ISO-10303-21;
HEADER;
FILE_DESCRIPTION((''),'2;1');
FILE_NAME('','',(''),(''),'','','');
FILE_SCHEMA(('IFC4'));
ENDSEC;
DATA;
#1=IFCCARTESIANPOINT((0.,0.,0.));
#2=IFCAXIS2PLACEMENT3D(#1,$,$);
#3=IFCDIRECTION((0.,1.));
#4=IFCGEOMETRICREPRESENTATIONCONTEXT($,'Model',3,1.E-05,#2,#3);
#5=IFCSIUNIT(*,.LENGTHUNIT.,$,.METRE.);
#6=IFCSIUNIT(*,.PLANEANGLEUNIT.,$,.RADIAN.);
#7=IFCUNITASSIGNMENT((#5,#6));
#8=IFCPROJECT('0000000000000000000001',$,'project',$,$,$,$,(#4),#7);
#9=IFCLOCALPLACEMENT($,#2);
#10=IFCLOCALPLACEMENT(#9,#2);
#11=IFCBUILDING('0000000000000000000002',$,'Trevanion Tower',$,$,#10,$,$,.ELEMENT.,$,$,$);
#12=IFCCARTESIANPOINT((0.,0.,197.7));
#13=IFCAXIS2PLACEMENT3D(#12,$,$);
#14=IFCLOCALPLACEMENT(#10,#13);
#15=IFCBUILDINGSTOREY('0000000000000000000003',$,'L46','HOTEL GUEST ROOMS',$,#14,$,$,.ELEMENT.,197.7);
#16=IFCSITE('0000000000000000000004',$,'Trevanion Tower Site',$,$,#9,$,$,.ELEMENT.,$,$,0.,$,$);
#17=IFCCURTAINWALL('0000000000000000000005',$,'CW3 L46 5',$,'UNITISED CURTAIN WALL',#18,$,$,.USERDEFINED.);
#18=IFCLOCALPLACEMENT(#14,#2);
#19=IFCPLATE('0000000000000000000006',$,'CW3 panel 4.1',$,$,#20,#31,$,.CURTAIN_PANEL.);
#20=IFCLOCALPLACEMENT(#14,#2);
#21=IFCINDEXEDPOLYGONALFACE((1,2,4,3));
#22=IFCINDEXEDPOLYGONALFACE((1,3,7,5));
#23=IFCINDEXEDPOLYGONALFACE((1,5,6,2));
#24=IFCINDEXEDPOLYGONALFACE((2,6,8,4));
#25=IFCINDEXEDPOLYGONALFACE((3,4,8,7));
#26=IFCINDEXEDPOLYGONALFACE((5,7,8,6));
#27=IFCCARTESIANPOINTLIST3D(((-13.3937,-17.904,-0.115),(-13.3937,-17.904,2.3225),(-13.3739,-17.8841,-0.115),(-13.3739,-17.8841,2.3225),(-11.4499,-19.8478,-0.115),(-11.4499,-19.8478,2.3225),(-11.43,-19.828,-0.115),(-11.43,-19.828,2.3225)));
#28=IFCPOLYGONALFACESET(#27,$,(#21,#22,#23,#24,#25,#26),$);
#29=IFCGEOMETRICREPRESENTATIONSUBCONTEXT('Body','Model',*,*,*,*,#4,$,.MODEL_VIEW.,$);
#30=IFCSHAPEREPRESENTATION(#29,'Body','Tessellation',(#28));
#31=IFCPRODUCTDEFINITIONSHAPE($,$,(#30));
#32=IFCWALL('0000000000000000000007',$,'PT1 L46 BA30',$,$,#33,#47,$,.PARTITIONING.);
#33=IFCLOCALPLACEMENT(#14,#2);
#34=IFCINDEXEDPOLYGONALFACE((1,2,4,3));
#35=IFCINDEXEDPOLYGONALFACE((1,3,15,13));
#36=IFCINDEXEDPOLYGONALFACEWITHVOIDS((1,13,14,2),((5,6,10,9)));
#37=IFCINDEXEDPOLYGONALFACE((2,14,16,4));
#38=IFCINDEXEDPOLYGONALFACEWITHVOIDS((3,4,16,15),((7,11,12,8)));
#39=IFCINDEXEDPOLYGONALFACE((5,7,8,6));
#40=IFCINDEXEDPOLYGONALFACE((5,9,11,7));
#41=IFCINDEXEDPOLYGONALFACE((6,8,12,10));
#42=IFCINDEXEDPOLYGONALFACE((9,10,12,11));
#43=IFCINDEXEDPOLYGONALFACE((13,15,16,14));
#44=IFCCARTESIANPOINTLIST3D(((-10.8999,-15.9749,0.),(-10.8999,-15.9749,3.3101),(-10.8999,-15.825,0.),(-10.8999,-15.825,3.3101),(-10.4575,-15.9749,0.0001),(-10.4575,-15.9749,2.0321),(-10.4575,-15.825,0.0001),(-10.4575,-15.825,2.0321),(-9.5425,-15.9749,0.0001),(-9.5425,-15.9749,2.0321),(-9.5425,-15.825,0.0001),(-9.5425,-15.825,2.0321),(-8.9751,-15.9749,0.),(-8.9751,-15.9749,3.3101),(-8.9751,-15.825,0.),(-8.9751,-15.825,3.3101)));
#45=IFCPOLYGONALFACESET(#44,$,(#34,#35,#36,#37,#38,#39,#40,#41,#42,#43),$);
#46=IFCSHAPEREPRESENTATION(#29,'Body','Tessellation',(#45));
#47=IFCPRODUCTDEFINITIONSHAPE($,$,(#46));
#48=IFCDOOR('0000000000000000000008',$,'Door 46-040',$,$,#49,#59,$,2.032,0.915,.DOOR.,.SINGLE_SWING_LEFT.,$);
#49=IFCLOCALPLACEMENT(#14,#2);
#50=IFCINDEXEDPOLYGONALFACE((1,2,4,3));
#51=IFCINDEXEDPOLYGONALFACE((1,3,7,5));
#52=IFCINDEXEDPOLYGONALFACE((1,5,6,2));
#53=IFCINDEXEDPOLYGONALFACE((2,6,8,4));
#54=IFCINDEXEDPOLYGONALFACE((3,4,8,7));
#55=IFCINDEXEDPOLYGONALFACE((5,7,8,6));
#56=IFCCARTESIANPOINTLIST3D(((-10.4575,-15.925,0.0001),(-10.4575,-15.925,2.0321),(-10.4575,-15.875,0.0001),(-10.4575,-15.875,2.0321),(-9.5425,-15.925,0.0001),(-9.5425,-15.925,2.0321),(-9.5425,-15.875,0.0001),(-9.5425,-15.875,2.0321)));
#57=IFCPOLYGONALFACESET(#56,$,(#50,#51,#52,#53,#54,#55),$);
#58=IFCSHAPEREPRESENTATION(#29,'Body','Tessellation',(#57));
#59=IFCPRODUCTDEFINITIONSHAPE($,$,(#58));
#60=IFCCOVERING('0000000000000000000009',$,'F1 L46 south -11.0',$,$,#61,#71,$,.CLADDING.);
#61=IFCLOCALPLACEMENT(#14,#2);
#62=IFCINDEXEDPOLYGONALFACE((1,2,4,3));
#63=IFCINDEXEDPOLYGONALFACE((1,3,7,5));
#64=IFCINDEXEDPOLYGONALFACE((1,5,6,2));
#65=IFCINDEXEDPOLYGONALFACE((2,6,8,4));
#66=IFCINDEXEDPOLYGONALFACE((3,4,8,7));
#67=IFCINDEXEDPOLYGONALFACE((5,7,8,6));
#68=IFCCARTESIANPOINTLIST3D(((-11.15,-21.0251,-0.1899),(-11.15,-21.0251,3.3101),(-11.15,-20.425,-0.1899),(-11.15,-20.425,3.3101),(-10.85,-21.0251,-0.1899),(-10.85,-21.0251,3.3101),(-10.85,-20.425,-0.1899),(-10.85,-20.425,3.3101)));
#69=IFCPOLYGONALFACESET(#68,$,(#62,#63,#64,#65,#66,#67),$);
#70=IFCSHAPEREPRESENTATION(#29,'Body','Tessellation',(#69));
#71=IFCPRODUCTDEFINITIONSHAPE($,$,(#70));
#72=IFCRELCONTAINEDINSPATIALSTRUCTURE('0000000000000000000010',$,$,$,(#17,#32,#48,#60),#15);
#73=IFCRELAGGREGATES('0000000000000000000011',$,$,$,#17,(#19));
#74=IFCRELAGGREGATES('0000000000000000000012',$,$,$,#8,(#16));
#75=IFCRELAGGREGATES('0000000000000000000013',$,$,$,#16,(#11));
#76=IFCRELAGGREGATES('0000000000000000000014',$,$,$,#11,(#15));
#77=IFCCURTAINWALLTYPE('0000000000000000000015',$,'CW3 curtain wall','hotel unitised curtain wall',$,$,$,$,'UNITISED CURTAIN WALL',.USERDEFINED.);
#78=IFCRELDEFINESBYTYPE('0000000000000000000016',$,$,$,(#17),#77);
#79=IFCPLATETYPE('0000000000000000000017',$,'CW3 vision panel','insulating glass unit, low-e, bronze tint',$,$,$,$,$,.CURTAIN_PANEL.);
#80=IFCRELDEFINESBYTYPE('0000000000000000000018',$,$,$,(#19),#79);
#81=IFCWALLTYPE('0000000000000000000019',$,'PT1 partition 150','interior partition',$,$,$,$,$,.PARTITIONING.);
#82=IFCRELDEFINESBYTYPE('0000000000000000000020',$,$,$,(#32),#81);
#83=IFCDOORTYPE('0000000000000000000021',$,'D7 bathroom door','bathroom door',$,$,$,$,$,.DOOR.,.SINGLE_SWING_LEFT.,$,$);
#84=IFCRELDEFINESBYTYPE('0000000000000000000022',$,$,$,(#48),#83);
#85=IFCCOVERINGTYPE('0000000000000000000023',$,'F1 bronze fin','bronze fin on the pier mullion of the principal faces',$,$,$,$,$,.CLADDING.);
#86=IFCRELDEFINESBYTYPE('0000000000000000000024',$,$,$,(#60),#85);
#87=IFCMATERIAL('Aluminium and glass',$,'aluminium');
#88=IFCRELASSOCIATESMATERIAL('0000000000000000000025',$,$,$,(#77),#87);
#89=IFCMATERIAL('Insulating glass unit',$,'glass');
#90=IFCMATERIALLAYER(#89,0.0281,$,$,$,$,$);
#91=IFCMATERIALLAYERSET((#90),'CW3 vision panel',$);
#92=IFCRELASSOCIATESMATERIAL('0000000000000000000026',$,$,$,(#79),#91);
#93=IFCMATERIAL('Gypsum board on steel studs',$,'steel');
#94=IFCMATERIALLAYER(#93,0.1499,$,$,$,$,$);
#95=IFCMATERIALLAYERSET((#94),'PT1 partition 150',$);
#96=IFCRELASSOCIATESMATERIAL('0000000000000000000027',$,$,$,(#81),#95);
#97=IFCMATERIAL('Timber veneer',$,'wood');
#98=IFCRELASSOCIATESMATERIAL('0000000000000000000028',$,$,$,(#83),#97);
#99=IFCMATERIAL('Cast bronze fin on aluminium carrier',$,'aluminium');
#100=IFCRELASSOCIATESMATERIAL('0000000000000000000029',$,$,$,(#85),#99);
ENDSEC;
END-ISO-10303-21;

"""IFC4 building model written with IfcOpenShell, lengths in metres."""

from ifc_helpers import new_model, si_unit, direction, frame, frame_2d, origin, origin_2d, place, context, subcontext, project, spatial, rectangle, extrude, material, layer, layer_set, type_object, element, fill, aggregate, save


model = new_model("IFC4")

# Units and contexts
model_context = context("Model", 3, precision=1e-05, world=origin(), true_north=direction((0.0, 1.0)))
body_context = subcontext(model_context, "Body", "Model", "MODEL_VIEW")
ifc_project = project(units=[si_unit("LENGTHUNIT", "METRE"), si_unit("PLANEANGLEUNIT", "RADIAN")], contexts=[model_context])

# Site, building, storey
site_placement = place(None, origin())
site = spatial("IfcSite", under=ifc_project, at=site_placement, Name="Trevanion Tower Site", CompositionType="ELEMENT", RefElevation=0.0)
building_placement = place(site_placement, origin())
building = spatial("IfcBuilding", under=site, at=building_placement, Name="Trevanion Tower", CompositionType="ELEMENT")
storey_placement = place(building_placement, frame((0.0, 0.0, 197.7)))
storey = spatial("IfcBuildingStorey", under=building, at=storey_placement, Name="L46", Description="HOTEL GUEST ROOMS", CompositionType="ELEMENT", Elevation=197.7)

# Curtain wall
ifc_material_1 = material(Name="Aluminium and glass", Category="aluminium")
curtain_wall_type = type_object("IfcCurtainWallType", Name="CW3 curtain wall", Description="hotel unitised curtain wall", ElementType="UNITISED CURTAIN WALL", PredefinedType="USERDEFINED", material=ifc_material_1)
curtain_wall_1_placement = place(storey_placement, origin())
curtain_wall_1 = element("IfcCurtainWall", 1, at=curtain_wall_1_placement, inside=storey, type_object=curtain_wall_type, Name="CW3 L46 5", ObjectType="UNITISED CURTAIN WALL", PredefinedType="USERDEFINED")

# Plate
ifc_material_2 = material(Name="Insulating glass unit", Category="glass")
ifc_layer_1 = layer(ifc_material_2, 0.0281)
ifc_layer_set_1 = layer_set([ifc_layer_1], Name="CW3 vision panel")
plate_type_1 = type_object("IfcPlateType", Name="CW3 vision panel", Description="insulating glass unit, low-e, bronze tint", PredefinedType="CURTAIN_PANEL", material=ifc_layer_set_1)
plate_1_placement = place(storey_placement, frame((-12.4119, -18.866, -0.115), z_axis=(0.0, 0.0, 1.0), x_axis=(0.707107, -0.707107, 0.0)))
plate_1 = element("IfcPlate", 2, at=plate_1_placement, type_object=plate_type_1, Name="CW3 panel 4.1", PredefinedType="CURTAIN_PANEL", context=body_context, shape_type="SweptSolid", body=[
    extrude(rectangle(XDim=2.749, YDim=0.0281, at=origin_2d()), origin(), (0.0, 0.0, 1.0), 2.4375),
])
aggregate(curtain_wall_1, [plate_1])

# Wall, opening, door
ifc_material_3 = material(Name="Gypsum board on steel studs", Category="steel")
ifc_layer_2 = layer(ifc_material_3, 0.1499)
ifc_layer_set_2 = layer_set([ifc_layer_2], Name="PT1 partition 150")
wall_type = type_object("IfcWallType", Name="PT1 partition 150", Description="interior partition", PredefinedType="PARTITIONING", material=ifc_layer_set_2)
wall_placement = place(storey_placement, frame((-10.8999, -15.8999, 0.0), z_axis=(0.0, 0.0, 1.0), x_axis=(1.0, 0.0, 0.0)))
wall = element("IfcWall", 3, at=wall_placement, inside=storey, type_object=wall_type, Name="PT1 L46 BA30", PredefinedType="PARTITIONING", context=body_context, shape_type="SweptSolid", body=[
    extrude(rectangle(XDim=1.9248, YDim=0.1499, at=frame_2d((0.9624, 0.0))), origin(), (0.0, 0.0, 1.0), 3.3101),
])
opening_placement = place(wall_placement, frame((0.4424, 0.0, 0.0)))
opening = element("IfcOpeningElement", 4, at=opening_placement, cuts=wall, PredefinedType="OPENING", context=body_context, shape_type="SweptSolid", body=[
    extrude(rectangle(XDim=0.915, YDim=2.032, at=frame_2d((0.4575, 1.0161))), frame((0.0, 0.085, 0.0), z_axis=(0.0, -1.0, 0.0), x_axis=(1.0, 0.0, 0.0)), (0.0, 0.0, 1.0), 0.1699),
])
ifc_material_4 = material(Name="Timber veneer", Category="wood")
door_type = type_object("IfcDoorType", Name="D7 bathroom door", Description="bathroom door", OperationType="SINGLE_SWING_LEFT", PredefinedType="DOOR", material=ifc_material_4)
door_placement = place(opening_placement, origin())
door = element("IfcDoor", 5, at=door_placement, inside=storey, type_object=door_type, Name="Door 46-040", OperationType="SINGLE_SWING_LEFT", OverallHeight=2.032, OverallWidth=0.915, PredefinedType="DOOR", context=body_context, shape_type="SweptSolid", body=[
    extrude(rectangle(XDim=0.915, YDim=2.032, at=frame_2d((0.4575, 1.0161))), frame((0.0, 0.0249, 0.0), z_axis=(0.0, -1.0, 0.0), x_axis=(1.0, 0.0, 0.0)), (0.0, 0.0, 1.0), 0.05),
])
fill(opening, door)

# Covering
ifc_material_5 = material(Name="Cast bronze fin on aluminium carrier", Category="aluminium")
covering_type = type_object("IfcCoveringType", Name="F1 bronze fin", Description="bronze fin on the pier mullion of the principal faces", PredefinedType="CLADDING", material=ifc_material_5)
covering_placement = place(storey_placement, frame((-11.0, -20.7251, -0.1899), z_axis=(0.0, 0.0, 1.0), x_axis=(1.0, 0.0, 0.0)))
element("IfcCovering", 6, at=covering_placement, inside=storey, type_object=covering_type, Name="F1 L46 south -11.0", PredefinedType="CLADDING", context=body_context, shape_type="SweptSolid", body=[
    extrude(rectangle(XDim=0.3, YDim=0.6001, at=origin_2d()), origin(), (0.0, 0.0, 1.0), 3.5),
])

save(model, "model.ifc")
